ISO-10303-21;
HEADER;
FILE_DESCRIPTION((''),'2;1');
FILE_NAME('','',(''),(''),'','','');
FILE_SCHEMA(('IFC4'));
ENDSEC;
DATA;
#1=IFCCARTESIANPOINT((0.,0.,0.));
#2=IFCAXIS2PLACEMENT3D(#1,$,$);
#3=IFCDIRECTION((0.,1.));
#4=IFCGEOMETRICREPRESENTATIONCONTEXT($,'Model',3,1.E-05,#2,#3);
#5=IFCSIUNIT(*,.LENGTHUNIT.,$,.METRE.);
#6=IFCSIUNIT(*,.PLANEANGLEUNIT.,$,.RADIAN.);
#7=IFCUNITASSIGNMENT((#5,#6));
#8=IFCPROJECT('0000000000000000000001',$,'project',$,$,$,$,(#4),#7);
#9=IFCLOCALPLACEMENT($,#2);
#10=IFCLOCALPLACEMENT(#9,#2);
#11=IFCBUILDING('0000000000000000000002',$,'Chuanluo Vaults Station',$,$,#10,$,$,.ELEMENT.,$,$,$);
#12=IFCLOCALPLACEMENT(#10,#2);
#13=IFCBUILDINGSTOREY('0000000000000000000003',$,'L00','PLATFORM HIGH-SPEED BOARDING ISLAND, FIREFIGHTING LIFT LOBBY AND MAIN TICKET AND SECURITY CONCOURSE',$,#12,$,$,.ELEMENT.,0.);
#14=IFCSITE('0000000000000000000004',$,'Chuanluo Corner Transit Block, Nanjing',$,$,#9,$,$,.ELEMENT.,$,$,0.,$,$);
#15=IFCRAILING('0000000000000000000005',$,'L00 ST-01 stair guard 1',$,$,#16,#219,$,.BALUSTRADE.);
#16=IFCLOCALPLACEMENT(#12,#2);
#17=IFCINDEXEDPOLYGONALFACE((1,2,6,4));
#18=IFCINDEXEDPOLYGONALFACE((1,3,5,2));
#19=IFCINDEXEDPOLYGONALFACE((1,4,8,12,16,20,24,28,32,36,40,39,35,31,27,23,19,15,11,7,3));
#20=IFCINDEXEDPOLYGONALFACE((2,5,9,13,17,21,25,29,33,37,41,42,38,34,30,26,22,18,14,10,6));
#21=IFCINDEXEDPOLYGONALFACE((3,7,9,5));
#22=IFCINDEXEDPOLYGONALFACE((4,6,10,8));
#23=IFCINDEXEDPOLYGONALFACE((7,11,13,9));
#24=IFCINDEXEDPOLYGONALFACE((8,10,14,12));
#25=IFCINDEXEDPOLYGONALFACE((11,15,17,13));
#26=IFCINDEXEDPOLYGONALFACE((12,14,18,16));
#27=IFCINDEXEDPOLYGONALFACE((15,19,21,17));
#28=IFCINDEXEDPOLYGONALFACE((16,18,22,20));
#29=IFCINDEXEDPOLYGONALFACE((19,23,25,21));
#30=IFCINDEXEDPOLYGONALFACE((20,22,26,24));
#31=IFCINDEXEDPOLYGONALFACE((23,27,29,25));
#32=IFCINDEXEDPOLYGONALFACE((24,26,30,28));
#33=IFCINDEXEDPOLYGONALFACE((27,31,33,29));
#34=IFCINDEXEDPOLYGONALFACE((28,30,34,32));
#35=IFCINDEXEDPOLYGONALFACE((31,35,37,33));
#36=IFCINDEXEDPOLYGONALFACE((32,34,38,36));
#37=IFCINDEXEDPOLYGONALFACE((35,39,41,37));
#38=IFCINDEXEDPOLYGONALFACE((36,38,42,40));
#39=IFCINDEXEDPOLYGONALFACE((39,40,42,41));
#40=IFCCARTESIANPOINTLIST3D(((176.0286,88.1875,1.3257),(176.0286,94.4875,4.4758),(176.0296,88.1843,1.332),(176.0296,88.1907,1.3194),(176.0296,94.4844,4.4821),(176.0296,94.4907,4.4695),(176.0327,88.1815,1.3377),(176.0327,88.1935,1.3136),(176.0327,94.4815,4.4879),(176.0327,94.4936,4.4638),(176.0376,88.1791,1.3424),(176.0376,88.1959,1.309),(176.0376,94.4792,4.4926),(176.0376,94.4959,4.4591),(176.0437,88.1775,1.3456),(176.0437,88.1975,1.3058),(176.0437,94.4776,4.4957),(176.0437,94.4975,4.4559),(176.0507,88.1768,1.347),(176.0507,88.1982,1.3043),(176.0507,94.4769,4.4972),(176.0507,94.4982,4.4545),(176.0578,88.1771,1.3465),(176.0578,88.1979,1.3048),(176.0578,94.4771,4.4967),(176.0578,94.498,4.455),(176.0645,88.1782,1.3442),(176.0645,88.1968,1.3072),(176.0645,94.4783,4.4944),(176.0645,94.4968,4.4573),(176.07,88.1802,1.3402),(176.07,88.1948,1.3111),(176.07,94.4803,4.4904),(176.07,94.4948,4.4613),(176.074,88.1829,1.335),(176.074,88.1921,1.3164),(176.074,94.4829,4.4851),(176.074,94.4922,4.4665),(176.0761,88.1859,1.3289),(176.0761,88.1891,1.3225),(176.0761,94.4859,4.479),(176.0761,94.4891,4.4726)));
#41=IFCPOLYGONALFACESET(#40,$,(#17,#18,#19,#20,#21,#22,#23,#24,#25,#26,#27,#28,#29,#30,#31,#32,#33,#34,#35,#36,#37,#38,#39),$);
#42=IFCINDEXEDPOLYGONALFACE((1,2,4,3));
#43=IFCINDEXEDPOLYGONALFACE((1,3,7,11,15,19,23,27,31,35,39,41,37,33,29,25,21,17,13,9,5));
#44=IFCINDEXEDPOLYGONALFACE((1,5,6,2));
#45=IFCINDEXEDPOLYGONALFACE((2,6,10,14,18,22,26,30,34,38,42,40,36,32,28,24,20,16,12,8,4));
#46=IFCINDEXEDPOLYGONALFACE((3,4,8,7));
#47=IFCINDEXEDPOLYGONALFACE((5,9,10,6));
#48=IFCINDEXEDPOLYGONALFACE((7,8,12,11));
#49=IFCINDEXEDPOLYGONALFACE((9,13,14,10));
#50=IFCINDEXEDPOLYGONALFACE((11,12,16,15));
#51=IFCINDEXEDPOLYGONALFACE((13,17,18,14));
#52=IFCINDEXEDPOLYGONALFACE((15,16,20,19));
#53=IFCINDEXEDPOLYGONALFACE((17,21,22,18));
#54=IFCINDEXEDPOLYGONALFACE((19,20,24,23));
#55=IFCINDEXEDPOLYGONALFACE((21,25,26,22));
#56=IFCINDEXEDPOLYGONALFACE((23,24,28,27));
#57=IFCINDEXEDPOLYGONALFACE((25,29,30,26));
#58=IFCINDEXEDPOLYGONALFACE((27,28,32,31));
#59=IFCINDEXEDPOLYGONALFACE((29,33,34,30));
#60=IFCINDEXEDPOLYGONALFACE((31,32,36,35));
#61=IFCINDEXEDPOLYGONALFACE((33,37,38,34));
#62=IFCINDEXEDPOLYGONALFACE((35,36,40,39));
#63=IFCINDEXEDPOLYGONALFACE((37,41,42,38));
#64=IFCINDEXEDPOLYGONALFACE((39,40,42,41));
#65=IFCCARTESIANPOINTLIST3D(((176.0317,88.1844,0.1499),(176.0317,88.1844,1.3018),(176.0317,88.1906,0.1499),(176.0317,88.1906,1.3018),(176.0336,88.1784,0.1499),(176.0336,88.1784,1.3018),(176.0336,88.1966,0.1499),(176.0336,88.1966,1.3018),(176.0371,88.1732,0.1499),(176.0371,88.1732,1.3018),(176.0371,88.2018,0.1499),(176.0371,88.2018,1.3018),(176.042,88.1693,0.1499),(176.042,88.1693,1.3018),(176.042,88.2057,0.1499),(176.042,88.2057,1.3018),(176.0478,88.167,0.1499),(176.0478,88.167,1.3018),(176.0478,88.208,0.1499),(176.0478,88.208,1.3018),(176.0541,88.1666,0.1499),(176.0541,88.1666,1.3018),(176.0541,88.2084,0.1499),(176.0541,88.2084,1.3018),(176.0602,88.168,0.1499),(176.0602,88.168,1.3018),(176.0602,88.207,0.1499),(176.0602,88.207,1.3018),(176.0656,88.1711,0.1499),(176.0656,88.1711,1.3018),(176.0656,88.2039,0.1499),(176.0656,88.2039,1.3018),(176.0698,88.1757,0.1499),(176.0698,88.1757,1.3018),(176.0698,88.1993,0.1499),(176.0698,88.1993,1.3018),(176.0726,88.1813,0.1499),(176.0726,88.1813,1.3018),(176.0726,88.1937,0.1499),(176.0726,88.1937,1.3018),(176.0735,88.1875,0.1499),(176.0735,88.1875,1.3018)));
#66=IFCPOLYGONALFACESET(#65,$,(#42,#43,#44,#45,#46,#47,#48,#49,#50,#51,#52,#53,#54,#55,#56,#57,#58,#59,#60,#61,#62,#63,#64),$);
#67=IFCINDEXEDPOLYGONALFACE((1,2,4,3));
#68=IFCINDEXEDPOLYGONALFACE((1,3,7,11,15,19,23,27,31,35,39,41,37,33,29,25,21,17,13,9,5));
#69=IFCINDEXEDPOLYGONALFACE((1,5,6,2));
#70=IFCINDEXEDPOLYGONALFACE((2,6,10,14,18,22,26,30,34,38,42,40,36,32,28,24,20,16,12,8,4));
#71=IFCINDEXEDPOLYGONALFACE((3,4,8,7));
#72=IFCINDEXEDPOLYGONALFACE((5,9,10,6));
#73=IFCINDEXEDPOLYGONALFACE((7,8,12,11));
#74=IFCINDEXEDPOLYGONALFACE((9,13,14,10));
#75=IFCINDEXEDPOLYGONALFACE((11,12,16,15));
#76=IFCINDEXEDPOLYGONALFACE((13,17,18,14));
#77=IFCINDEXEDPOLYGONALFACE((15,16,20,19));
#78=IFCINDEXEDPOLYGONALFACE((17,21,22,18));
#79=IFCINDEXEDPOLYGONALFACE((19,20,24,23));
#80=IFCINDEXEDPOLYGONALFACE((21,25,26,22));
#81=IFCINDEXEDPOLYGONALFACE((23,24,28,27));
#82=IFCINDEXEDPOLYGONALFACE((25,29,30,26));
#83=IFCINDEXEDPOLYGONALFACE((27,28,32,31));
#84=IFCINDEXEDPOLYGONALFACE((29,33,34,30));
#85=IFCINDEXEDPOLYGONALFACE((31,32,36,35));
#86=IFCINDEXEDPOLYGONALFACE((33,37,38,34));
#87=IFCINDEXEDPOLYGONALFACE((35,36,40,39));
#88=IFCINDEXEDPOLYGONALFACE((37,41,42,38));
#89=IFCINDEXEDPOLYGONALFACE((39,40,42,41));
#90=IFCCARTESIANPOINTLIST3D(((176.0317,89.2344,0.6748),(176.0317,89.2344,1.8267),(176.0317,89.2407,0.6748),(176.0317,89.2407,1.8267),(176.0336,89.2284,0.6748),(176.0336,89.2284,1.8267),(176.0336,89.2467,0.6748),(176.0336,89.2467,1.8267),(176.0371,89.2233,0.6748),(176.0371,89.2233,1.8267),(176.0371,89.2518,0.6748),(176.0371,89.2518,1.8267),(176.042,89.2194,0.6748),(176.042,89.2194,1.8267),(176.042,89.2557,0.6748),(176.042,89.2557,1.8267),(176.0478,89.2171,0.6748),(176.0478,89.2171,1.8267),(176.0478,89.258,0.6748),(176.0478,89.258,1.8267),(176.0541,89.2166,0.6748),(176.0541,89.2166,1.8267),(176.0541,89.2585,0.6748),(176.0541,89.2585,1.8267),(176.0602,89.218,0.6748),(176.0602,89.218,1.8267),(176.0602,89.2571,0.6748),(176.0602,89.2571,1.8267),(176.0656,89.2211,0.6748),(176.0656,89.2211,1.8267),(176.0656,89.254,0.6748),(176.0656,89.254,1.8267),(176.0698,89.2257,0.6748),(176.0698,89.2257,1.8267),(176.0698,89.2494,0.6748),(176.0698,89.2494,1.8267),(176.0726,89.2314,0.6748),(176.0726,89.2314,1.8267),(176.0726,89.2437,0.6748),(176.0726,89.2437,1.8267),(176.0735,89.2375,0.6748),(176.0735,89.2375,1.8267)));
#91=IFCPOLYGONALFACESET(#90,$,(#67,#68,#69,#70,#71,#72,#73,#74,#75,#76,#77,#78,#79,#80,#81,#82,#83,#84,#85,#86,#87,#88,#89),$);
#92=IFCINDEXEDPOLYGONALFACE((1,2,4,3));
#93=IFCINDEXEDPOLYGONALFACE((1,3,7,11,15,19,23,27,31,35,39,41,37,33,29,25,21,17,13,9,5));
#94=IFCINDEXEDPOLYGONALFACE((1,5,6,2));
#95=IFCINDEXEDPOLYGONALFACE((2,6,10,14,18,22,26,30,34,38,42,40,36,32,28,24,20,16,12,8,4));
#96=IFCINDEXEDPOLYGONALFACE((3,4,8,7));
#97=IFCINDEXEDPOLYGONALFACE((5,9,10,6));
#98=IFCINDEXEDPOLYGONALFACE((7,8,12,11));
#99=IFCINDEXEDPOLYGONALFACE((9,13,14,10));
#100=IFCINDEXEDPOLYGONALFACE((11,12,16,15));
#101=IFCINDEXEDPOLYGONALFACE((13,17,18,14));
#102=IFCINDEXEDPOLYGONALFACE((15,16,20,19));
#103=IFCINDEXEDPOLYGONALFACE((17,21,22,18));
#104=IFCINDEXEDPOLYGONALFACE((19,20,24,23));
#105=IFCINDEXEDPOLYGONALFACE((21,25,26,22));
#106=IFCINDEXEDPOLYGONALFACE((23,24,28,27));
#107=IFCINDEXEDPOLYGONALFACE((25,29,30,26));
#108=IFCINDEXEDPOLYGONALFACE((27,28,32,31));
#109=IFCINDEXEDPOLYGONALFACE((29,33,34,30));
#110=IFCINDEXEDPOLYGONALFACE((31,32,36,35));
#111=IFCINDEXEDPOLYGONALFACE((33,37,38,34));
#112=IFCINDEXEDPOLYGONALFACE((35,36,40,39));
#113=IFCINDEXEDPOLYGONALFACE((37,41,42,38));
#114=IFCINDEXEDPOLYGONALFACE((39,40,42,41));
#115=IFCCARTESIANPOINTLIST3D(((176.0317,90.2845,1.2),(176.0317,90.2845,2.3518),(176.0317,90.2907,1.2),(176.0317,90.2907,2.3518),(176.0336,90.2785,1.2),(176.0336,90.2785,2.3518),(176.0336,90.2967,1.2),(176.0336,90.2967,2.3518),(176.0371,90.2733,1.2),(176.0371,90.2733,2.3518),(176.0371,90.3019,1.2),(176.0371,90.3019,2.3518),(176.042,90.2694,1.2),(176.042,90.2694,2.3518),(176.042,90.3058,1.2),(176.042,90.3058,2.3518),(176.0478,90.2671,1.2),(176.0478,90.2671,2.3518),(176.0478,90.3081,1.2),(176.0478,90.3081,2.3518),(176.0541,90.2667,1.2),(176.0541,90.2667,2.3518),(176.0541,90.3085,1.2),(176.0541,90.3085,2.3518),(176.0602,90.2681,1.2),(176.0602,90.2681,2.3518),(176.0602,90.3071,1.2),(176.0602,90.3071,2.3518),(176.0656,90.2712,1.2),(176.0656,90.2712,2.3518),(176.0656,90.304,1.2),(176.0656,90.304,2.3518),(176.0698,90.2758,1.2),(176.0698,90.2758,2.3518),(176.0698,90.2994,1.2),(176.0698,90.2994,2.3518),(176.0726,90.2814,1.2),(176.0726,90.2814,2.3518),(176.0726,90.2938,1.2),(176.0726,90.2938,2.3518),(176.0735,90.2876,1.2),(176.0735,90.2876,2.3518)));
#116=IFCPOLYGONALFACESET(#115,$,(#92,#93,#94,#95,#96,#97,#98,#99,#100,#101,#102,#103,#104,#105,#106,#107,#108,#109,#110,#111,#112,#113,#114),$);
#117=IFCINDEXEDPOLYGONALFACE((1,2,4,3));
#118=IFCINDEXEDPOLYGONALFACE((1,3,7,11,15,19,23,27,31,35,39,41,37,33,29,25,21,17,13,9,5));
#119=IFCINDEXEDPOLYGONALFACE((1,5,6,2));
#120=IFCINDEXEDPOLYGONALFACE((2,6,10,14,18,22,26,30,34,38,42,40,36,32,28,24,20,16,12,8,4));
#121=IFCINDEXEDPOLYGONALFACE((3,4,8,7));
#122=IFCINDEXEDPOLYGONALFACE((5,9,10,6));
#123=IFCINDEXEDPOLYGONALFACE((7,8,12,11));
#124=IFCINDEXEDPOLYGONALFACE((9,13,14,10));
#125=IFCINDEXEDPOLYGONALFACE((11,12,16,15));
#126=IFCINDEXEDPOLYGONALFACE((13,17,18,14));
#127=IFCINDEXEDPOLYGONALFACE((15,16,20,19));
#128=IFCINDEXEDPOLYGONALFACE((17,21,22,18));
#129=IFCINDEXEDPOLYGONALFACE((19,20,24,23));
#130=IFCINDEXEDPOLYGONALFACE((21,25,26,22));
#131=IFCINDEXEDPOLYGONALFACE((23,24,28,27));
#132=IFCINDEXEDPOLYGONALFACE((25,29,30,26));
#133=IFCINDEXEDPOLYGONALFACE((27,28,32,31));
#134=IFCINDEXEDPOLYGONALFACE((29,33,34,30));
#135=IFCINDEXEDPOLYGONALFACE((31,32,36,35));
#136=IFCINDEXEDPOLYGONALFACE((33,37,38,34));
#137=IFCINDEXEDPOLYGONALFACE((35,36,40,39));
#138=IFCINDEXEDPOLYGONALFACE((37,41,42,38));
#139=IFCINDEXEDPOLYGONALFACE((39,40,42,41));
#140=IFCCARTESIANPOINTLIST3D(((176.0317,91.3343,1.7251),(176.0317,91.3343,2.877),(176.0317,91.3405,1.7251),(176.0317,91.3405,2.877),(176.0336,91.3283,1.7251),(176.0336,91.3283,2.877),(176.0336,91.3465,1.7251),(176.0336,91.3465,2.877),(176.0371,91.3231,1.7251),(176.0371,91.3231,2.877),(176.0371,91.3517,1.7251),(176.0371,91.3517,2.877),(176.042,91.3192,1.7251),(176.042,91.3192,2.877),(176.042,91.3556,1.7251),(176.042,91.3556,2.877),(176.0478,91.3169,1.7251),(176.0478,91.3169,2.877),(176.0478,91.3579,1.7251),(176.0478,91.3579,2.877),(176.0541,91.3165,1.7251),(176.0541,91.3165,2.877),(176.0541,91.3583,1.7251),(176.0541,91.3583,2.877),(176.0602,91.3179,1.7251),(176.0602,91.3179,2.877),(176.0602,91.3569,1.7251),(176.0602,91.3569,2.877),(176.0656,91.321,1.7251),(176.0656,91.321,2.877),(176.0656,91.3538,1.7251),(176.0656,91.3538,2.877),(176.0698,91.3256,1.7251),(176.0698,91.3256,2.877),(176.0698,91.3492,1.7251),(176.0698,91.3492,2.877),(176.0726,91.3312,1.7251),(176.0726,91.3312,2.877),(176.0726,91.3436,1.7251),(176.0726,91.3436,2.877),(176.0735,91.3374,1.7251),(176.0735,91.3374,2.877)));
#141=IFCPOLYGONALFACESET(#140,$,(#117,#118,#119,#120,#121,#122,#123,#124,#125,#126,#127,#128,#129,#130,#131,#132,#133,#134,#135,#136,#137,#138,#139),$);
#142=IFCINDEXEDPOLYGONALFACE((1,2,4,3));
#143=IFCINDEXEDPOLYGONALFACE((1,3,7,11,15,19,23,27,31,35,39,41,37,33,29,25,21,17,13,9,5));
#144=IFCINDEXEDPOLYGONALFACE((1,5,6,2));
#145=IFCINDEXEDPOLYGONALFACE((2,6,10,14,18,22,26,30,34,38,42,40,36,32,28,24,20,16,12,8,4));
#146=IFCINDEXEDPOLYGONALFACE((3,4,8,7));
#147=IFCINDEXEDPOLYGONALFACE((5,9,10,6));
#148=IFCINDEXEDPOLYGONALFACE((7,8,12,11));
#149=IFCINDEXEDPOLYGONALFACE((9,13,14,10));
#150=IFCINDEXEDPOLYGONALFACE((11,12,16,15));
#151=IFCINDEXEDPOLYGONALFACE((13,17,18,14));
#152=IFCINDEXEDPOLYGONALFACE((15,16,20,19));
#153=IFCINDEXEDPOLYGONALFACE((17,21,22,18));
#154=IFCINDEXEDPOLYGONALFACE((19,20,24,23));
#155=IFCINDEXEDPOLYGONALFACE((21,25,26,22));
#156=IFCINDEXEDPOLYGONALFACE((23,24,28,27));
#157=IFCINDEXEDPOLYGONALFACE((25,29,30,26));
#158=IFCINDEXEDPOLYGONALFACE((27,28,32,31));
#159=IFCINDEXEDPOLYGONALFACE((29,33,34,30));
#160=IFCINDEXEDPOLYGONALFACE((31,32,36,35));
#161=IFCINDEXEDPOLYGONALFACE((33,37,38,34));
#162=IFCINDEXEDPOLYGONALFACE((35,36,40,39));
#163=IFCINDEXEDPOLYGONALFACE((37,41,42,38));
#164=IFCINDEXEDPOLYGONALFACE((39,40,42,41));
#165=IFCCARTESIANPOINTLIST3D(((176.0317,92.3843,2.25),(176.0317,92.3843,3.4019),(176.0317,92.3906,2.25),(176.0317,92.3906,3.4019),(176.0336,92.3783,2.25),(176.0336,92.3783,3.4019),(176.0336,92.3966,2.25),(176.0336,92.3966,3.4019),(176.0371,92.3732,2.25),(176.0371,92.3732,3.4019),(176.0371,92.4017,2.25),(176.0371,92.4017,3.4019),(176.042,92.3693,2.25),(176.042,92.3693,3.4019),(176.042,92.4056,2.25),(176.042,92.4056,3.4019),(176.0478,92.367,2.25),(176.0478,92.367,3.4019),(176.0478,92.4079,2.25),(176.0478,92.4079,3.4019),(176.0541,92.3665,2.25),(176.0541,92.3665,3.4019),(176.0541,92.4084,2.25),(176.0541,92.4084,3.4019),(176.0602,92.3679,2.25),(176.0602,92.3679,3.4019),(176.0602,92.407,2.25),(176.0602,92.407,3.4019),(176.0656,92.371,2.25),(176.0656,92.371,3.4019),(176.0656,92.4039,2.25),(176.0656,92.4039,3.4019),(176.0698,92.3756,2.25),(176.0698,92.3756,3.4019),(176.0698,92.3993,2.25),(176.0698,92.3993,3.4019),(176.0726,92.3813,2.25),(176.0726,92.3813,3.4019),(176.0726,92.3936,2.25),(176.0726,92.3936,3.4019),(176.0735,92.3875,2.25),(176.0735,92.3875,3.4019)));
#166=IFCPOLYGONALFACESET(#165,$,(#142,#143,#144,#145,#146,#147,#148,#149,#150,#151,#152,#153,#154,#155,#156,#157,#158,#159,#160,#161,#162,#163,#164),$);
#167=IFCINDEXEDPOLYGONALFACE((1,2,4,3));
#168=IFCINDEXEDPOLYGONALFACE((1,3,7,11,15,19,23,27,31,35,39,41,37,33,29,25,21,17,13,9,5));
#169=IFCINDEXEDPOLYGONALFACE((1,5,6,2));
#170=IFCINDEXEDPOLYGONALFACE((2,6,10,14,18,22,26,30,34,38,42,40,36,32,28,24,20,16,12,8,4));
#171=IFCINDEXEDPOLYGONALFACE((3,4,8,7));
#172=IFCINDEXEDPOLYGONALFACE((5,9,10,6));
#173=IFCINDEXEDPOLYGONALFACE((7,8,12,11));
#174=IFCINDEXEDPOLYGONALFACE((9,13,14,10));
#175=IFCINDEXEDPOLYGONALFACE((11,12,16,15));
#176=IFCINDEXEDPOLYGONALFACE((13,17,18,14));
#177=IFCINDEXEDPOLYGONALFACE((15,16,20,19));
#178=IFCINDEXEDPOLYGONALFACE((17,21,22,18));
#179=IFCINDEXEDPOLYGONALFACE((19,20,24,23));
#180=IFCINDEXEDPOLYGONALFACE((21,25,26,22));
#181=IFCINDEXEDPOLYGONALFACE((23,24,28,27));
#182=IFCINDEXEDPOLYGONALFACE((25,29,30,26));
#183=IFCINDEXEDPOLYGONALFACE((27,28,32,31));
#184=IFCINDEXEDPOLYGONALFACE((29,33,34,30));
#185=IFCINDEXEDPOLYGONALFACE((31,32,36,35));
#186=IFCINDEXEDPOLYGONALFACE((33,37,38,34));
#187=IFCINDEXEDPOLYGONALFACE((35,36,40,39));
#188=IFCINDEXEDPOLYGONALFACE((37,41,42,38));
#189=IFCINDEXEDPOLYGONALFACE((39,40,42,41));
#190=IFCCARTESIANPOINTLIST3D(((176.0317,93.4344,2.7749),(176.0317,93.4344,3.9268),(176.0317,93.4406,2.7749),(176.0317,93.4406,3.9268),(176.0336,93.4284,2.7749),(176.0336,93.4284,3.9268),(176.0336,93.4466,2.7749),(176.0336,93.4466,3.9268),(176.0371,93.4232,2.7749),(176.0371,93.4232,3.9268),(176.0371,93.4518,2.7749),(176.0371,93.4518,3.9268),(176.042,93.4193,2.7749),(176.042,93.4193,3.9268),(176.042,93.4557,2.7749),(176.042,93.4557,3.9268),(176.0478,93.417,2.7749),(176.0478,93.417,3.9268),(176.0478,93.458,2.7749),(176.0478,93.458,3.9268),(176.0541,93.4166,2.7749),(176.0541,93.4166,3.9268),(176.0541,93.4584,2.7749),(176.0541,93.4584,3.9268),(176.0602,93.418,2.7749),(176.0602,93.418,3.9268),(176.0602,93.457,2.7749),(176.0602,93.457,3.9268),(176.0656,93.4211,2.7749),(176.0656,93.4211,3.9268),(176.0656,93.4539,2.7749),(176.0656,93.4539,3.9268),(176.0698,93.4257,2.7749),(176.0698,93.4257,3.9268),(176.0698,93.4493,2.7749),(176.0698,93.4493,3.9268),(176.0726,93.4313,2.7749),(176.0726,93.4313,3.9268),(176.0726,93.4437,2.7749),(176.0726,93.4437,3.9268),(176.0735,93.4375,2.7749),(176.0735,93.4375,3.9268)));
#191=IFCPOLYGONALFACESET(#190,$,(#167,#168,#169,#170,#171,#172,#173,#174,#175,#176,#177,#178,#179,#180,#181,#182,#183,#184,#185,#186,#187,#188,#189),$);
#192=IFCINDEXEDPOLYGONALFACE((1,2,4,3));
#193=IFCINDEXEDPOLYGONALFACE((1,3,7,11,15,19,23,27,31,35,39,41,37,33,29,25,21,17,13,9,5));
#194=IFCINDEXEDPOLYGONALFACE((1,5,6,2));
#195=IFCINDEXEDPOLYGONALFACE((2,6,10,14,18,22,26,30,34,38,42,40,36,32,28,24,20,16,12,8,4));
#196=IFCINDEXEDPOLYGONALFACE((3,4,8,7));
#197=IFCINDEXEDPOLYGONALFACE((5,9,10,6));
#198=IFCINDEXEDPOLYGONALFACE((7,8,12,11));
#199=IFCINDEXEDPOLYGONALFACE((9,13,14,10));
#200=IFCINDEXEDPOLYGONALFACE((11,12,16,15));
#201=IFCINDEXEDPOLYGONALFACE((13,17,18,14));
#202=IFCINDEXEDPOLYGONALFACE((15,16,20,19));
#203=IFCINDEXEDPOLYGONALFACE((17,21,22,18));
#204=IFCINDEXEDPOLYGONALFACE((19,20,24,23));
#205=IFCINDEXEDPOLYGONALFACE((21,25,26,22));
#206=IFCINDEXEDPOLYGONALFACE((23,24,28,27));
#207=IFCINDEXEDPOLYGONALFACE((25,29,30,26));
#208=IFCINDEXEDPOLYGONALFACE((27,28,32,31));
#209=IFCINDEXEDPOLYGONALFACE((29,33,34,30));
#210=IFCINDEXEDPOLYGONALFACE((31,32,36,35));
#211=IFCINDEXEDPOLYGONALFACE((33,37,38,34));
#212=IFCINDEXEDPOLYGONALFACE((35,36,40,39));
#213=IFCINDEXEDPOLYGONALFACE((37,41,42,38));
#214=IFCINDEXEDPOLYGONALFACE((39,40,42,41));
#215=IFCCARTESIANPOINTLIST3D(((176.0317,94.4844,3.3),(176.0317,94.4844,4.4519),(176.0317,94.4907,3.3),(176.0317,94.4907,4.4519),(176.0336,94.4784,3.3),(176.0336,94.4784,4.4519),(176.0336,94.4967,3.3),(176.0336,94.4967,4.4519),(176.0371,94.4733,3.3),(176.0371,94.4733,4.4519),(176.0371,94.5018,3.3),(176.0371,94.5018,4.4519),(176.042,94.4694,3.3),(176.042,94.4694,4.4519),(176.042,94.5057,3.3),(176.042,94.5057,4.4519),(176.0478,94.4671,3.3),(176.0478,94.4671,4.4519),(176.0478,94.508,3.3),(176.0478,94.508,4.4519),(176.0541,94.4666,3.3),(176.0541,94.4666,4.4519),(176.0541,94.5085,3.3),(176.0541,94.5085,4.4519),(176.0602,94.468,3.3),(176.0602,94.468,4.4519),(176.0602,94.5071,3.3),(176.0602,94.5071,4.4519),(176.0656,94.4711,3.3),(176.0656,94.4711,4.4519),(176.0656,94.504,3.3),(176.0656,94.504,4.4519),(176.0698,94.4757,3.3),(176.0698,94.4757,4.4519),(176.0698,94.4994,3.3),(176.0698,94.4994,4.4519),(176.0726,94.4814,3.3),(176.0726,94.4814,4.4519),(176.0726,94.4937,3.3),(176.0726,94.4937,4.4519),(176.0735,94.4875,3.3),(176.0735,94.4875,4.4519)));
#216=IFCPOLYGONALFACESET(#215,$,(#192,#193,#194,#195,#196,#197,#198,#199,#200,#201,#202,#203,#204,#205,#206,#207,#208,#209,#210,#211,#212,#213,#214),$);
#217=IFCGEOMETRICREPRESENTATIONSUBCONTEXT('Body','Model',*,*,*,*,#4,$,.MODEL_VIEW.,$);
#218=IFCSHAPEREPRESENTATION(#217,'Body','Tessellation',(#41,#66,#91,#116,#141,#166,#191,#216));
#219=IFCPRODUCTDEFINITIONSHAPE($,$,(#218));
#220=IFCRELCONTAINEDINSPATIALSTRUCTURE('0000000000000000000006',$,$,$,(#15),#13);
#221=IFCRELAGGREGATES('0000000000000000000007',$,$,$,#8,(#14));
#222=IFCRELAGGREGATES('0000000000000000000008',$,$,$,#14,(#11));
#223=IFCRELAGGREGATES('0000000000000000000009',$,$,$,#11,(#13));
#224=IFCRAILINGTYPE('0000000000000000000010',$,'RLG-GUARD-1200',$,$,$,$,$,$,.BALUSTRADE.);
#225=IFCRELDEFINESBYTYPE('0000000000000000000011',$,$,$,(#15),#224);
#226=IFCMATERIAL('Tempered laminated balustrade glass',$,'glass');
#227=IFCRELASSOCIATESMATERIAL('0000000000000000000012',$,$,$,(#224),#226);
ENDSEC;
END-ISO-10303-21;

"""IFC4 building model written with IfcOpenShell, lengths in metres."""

from ifc_helpers import new_model, si_unit, direction, frame, origin, origin_2d, place, context, subcontext, project, spatial, circle, extrude, material, type_object, element, save


model = new_model("IFC4")

# Units and contexts
model_context = context("Model", 3, precision=1e-05, world=origin(), true_north=direction((0.0, 1.0)))
body_context = subcontext(model_context, "Body", "Model", "MODEL_VIEW")
ifc_project = project(units=[si_unit("LENGTHUNIT", "METRE"), si_unit("PLANEANGLEUNIT", "RADIAN")], contexts=[model_context])

# Site, building, storey
site_placement = place(None, origin())
site = spatial("IfcSite", under=ifc_project, at=site_placement, Name="Chuanluo Corner Transit Block, Nanjing", CompositionType="ELEMENT", RefElevation=0.0)
building_placement = place(site_placement, origin())
building = spatial("IfcBuilding", under=site, at=building_placement, Name="Chuanluo Vaults Station", CompositionType="ELEMENT")
storey_placement = place(building_placement, origin())
storey = spatial("IfcBuildingStorey", under=building, at=storey_placement, Name="L00", Description="PLATFORM HIGH-SPEED BOARDING ISLAND, FIREFIGHTING LIFT LOBBY AND MAIN TICKET AND SECURITY CONCOURSE", CompositionType="ELEMENT", Elevation=0.0)

# Railing
ifc_material_1 = material(Name="Tempered laminated balustrade glass", Category="glass")
railing_type_1 = type_object("IfcRailingType", Name="RLG-GUARD-1200", PredefinedType="BALUSTRADE", material=ifc_material_1)
railing_1_placement = place(storey_placement, frame((176.0525, 88.1875, 0.1499)))
element("IfcRailing", 1, at=railing_1_placement, inside=storey, type_object=railing_type_1, Name="L00 ST-01 stair guard 1", PredefinedType="BALUSTRADE", context=body_context, shape_type="SweptSolid", body=[
    extrude(circle(Radius=0.0239, at=origin_2d()), frame((0.0, 0.0, 1.1758), z_axis=(0.0, 0.89442, 0.447227), x_axis=(-1.0, 0.0, 0.0)), (0.0, 0.0, 1.0), 7.0437),
    extrude(circle(Radius=0.021, at=origin_2d()), origin(), (0.0, 0.0, 1.0), 1.1519),
    extrude(circle(Radius=0.021, at=origin_2d()), frame((0.0, 1.05, 0.5249)), (0.0, 0.0, 1.0), 1.1519),
    extrude(circle(Radius=0.021, at=origin_2d()), frame((0.0, 2.1001, 1.05)), (0.0, 0.0, 1.0), 1.1519),
    extrude(circle(Radius=0.021, at=origin_2d()), frame((0.0, 3.1499, 1.5752)), (0.0, 0.0, 1.0), 1.1519),
    extrude(circle(Radius=0.021, at=origin_2d()), frame((0.0, 4.2, 2.1001)), (0.0, 0.0, 1.0), 1.1519),
    extrude(circle(Radius=0.021, at=origin_2d()), frame((0.0, 5.25, 2.625)), (0.0, 0.0, 1.0), 1.1519),
    extrude(circle(Radius=0.021, at=origin_2d()), frame((0.0, 6.3, 3.1501)), (0.0, 0.0, 1.0), 1.1519),
])

save(model, "model.ifc")
